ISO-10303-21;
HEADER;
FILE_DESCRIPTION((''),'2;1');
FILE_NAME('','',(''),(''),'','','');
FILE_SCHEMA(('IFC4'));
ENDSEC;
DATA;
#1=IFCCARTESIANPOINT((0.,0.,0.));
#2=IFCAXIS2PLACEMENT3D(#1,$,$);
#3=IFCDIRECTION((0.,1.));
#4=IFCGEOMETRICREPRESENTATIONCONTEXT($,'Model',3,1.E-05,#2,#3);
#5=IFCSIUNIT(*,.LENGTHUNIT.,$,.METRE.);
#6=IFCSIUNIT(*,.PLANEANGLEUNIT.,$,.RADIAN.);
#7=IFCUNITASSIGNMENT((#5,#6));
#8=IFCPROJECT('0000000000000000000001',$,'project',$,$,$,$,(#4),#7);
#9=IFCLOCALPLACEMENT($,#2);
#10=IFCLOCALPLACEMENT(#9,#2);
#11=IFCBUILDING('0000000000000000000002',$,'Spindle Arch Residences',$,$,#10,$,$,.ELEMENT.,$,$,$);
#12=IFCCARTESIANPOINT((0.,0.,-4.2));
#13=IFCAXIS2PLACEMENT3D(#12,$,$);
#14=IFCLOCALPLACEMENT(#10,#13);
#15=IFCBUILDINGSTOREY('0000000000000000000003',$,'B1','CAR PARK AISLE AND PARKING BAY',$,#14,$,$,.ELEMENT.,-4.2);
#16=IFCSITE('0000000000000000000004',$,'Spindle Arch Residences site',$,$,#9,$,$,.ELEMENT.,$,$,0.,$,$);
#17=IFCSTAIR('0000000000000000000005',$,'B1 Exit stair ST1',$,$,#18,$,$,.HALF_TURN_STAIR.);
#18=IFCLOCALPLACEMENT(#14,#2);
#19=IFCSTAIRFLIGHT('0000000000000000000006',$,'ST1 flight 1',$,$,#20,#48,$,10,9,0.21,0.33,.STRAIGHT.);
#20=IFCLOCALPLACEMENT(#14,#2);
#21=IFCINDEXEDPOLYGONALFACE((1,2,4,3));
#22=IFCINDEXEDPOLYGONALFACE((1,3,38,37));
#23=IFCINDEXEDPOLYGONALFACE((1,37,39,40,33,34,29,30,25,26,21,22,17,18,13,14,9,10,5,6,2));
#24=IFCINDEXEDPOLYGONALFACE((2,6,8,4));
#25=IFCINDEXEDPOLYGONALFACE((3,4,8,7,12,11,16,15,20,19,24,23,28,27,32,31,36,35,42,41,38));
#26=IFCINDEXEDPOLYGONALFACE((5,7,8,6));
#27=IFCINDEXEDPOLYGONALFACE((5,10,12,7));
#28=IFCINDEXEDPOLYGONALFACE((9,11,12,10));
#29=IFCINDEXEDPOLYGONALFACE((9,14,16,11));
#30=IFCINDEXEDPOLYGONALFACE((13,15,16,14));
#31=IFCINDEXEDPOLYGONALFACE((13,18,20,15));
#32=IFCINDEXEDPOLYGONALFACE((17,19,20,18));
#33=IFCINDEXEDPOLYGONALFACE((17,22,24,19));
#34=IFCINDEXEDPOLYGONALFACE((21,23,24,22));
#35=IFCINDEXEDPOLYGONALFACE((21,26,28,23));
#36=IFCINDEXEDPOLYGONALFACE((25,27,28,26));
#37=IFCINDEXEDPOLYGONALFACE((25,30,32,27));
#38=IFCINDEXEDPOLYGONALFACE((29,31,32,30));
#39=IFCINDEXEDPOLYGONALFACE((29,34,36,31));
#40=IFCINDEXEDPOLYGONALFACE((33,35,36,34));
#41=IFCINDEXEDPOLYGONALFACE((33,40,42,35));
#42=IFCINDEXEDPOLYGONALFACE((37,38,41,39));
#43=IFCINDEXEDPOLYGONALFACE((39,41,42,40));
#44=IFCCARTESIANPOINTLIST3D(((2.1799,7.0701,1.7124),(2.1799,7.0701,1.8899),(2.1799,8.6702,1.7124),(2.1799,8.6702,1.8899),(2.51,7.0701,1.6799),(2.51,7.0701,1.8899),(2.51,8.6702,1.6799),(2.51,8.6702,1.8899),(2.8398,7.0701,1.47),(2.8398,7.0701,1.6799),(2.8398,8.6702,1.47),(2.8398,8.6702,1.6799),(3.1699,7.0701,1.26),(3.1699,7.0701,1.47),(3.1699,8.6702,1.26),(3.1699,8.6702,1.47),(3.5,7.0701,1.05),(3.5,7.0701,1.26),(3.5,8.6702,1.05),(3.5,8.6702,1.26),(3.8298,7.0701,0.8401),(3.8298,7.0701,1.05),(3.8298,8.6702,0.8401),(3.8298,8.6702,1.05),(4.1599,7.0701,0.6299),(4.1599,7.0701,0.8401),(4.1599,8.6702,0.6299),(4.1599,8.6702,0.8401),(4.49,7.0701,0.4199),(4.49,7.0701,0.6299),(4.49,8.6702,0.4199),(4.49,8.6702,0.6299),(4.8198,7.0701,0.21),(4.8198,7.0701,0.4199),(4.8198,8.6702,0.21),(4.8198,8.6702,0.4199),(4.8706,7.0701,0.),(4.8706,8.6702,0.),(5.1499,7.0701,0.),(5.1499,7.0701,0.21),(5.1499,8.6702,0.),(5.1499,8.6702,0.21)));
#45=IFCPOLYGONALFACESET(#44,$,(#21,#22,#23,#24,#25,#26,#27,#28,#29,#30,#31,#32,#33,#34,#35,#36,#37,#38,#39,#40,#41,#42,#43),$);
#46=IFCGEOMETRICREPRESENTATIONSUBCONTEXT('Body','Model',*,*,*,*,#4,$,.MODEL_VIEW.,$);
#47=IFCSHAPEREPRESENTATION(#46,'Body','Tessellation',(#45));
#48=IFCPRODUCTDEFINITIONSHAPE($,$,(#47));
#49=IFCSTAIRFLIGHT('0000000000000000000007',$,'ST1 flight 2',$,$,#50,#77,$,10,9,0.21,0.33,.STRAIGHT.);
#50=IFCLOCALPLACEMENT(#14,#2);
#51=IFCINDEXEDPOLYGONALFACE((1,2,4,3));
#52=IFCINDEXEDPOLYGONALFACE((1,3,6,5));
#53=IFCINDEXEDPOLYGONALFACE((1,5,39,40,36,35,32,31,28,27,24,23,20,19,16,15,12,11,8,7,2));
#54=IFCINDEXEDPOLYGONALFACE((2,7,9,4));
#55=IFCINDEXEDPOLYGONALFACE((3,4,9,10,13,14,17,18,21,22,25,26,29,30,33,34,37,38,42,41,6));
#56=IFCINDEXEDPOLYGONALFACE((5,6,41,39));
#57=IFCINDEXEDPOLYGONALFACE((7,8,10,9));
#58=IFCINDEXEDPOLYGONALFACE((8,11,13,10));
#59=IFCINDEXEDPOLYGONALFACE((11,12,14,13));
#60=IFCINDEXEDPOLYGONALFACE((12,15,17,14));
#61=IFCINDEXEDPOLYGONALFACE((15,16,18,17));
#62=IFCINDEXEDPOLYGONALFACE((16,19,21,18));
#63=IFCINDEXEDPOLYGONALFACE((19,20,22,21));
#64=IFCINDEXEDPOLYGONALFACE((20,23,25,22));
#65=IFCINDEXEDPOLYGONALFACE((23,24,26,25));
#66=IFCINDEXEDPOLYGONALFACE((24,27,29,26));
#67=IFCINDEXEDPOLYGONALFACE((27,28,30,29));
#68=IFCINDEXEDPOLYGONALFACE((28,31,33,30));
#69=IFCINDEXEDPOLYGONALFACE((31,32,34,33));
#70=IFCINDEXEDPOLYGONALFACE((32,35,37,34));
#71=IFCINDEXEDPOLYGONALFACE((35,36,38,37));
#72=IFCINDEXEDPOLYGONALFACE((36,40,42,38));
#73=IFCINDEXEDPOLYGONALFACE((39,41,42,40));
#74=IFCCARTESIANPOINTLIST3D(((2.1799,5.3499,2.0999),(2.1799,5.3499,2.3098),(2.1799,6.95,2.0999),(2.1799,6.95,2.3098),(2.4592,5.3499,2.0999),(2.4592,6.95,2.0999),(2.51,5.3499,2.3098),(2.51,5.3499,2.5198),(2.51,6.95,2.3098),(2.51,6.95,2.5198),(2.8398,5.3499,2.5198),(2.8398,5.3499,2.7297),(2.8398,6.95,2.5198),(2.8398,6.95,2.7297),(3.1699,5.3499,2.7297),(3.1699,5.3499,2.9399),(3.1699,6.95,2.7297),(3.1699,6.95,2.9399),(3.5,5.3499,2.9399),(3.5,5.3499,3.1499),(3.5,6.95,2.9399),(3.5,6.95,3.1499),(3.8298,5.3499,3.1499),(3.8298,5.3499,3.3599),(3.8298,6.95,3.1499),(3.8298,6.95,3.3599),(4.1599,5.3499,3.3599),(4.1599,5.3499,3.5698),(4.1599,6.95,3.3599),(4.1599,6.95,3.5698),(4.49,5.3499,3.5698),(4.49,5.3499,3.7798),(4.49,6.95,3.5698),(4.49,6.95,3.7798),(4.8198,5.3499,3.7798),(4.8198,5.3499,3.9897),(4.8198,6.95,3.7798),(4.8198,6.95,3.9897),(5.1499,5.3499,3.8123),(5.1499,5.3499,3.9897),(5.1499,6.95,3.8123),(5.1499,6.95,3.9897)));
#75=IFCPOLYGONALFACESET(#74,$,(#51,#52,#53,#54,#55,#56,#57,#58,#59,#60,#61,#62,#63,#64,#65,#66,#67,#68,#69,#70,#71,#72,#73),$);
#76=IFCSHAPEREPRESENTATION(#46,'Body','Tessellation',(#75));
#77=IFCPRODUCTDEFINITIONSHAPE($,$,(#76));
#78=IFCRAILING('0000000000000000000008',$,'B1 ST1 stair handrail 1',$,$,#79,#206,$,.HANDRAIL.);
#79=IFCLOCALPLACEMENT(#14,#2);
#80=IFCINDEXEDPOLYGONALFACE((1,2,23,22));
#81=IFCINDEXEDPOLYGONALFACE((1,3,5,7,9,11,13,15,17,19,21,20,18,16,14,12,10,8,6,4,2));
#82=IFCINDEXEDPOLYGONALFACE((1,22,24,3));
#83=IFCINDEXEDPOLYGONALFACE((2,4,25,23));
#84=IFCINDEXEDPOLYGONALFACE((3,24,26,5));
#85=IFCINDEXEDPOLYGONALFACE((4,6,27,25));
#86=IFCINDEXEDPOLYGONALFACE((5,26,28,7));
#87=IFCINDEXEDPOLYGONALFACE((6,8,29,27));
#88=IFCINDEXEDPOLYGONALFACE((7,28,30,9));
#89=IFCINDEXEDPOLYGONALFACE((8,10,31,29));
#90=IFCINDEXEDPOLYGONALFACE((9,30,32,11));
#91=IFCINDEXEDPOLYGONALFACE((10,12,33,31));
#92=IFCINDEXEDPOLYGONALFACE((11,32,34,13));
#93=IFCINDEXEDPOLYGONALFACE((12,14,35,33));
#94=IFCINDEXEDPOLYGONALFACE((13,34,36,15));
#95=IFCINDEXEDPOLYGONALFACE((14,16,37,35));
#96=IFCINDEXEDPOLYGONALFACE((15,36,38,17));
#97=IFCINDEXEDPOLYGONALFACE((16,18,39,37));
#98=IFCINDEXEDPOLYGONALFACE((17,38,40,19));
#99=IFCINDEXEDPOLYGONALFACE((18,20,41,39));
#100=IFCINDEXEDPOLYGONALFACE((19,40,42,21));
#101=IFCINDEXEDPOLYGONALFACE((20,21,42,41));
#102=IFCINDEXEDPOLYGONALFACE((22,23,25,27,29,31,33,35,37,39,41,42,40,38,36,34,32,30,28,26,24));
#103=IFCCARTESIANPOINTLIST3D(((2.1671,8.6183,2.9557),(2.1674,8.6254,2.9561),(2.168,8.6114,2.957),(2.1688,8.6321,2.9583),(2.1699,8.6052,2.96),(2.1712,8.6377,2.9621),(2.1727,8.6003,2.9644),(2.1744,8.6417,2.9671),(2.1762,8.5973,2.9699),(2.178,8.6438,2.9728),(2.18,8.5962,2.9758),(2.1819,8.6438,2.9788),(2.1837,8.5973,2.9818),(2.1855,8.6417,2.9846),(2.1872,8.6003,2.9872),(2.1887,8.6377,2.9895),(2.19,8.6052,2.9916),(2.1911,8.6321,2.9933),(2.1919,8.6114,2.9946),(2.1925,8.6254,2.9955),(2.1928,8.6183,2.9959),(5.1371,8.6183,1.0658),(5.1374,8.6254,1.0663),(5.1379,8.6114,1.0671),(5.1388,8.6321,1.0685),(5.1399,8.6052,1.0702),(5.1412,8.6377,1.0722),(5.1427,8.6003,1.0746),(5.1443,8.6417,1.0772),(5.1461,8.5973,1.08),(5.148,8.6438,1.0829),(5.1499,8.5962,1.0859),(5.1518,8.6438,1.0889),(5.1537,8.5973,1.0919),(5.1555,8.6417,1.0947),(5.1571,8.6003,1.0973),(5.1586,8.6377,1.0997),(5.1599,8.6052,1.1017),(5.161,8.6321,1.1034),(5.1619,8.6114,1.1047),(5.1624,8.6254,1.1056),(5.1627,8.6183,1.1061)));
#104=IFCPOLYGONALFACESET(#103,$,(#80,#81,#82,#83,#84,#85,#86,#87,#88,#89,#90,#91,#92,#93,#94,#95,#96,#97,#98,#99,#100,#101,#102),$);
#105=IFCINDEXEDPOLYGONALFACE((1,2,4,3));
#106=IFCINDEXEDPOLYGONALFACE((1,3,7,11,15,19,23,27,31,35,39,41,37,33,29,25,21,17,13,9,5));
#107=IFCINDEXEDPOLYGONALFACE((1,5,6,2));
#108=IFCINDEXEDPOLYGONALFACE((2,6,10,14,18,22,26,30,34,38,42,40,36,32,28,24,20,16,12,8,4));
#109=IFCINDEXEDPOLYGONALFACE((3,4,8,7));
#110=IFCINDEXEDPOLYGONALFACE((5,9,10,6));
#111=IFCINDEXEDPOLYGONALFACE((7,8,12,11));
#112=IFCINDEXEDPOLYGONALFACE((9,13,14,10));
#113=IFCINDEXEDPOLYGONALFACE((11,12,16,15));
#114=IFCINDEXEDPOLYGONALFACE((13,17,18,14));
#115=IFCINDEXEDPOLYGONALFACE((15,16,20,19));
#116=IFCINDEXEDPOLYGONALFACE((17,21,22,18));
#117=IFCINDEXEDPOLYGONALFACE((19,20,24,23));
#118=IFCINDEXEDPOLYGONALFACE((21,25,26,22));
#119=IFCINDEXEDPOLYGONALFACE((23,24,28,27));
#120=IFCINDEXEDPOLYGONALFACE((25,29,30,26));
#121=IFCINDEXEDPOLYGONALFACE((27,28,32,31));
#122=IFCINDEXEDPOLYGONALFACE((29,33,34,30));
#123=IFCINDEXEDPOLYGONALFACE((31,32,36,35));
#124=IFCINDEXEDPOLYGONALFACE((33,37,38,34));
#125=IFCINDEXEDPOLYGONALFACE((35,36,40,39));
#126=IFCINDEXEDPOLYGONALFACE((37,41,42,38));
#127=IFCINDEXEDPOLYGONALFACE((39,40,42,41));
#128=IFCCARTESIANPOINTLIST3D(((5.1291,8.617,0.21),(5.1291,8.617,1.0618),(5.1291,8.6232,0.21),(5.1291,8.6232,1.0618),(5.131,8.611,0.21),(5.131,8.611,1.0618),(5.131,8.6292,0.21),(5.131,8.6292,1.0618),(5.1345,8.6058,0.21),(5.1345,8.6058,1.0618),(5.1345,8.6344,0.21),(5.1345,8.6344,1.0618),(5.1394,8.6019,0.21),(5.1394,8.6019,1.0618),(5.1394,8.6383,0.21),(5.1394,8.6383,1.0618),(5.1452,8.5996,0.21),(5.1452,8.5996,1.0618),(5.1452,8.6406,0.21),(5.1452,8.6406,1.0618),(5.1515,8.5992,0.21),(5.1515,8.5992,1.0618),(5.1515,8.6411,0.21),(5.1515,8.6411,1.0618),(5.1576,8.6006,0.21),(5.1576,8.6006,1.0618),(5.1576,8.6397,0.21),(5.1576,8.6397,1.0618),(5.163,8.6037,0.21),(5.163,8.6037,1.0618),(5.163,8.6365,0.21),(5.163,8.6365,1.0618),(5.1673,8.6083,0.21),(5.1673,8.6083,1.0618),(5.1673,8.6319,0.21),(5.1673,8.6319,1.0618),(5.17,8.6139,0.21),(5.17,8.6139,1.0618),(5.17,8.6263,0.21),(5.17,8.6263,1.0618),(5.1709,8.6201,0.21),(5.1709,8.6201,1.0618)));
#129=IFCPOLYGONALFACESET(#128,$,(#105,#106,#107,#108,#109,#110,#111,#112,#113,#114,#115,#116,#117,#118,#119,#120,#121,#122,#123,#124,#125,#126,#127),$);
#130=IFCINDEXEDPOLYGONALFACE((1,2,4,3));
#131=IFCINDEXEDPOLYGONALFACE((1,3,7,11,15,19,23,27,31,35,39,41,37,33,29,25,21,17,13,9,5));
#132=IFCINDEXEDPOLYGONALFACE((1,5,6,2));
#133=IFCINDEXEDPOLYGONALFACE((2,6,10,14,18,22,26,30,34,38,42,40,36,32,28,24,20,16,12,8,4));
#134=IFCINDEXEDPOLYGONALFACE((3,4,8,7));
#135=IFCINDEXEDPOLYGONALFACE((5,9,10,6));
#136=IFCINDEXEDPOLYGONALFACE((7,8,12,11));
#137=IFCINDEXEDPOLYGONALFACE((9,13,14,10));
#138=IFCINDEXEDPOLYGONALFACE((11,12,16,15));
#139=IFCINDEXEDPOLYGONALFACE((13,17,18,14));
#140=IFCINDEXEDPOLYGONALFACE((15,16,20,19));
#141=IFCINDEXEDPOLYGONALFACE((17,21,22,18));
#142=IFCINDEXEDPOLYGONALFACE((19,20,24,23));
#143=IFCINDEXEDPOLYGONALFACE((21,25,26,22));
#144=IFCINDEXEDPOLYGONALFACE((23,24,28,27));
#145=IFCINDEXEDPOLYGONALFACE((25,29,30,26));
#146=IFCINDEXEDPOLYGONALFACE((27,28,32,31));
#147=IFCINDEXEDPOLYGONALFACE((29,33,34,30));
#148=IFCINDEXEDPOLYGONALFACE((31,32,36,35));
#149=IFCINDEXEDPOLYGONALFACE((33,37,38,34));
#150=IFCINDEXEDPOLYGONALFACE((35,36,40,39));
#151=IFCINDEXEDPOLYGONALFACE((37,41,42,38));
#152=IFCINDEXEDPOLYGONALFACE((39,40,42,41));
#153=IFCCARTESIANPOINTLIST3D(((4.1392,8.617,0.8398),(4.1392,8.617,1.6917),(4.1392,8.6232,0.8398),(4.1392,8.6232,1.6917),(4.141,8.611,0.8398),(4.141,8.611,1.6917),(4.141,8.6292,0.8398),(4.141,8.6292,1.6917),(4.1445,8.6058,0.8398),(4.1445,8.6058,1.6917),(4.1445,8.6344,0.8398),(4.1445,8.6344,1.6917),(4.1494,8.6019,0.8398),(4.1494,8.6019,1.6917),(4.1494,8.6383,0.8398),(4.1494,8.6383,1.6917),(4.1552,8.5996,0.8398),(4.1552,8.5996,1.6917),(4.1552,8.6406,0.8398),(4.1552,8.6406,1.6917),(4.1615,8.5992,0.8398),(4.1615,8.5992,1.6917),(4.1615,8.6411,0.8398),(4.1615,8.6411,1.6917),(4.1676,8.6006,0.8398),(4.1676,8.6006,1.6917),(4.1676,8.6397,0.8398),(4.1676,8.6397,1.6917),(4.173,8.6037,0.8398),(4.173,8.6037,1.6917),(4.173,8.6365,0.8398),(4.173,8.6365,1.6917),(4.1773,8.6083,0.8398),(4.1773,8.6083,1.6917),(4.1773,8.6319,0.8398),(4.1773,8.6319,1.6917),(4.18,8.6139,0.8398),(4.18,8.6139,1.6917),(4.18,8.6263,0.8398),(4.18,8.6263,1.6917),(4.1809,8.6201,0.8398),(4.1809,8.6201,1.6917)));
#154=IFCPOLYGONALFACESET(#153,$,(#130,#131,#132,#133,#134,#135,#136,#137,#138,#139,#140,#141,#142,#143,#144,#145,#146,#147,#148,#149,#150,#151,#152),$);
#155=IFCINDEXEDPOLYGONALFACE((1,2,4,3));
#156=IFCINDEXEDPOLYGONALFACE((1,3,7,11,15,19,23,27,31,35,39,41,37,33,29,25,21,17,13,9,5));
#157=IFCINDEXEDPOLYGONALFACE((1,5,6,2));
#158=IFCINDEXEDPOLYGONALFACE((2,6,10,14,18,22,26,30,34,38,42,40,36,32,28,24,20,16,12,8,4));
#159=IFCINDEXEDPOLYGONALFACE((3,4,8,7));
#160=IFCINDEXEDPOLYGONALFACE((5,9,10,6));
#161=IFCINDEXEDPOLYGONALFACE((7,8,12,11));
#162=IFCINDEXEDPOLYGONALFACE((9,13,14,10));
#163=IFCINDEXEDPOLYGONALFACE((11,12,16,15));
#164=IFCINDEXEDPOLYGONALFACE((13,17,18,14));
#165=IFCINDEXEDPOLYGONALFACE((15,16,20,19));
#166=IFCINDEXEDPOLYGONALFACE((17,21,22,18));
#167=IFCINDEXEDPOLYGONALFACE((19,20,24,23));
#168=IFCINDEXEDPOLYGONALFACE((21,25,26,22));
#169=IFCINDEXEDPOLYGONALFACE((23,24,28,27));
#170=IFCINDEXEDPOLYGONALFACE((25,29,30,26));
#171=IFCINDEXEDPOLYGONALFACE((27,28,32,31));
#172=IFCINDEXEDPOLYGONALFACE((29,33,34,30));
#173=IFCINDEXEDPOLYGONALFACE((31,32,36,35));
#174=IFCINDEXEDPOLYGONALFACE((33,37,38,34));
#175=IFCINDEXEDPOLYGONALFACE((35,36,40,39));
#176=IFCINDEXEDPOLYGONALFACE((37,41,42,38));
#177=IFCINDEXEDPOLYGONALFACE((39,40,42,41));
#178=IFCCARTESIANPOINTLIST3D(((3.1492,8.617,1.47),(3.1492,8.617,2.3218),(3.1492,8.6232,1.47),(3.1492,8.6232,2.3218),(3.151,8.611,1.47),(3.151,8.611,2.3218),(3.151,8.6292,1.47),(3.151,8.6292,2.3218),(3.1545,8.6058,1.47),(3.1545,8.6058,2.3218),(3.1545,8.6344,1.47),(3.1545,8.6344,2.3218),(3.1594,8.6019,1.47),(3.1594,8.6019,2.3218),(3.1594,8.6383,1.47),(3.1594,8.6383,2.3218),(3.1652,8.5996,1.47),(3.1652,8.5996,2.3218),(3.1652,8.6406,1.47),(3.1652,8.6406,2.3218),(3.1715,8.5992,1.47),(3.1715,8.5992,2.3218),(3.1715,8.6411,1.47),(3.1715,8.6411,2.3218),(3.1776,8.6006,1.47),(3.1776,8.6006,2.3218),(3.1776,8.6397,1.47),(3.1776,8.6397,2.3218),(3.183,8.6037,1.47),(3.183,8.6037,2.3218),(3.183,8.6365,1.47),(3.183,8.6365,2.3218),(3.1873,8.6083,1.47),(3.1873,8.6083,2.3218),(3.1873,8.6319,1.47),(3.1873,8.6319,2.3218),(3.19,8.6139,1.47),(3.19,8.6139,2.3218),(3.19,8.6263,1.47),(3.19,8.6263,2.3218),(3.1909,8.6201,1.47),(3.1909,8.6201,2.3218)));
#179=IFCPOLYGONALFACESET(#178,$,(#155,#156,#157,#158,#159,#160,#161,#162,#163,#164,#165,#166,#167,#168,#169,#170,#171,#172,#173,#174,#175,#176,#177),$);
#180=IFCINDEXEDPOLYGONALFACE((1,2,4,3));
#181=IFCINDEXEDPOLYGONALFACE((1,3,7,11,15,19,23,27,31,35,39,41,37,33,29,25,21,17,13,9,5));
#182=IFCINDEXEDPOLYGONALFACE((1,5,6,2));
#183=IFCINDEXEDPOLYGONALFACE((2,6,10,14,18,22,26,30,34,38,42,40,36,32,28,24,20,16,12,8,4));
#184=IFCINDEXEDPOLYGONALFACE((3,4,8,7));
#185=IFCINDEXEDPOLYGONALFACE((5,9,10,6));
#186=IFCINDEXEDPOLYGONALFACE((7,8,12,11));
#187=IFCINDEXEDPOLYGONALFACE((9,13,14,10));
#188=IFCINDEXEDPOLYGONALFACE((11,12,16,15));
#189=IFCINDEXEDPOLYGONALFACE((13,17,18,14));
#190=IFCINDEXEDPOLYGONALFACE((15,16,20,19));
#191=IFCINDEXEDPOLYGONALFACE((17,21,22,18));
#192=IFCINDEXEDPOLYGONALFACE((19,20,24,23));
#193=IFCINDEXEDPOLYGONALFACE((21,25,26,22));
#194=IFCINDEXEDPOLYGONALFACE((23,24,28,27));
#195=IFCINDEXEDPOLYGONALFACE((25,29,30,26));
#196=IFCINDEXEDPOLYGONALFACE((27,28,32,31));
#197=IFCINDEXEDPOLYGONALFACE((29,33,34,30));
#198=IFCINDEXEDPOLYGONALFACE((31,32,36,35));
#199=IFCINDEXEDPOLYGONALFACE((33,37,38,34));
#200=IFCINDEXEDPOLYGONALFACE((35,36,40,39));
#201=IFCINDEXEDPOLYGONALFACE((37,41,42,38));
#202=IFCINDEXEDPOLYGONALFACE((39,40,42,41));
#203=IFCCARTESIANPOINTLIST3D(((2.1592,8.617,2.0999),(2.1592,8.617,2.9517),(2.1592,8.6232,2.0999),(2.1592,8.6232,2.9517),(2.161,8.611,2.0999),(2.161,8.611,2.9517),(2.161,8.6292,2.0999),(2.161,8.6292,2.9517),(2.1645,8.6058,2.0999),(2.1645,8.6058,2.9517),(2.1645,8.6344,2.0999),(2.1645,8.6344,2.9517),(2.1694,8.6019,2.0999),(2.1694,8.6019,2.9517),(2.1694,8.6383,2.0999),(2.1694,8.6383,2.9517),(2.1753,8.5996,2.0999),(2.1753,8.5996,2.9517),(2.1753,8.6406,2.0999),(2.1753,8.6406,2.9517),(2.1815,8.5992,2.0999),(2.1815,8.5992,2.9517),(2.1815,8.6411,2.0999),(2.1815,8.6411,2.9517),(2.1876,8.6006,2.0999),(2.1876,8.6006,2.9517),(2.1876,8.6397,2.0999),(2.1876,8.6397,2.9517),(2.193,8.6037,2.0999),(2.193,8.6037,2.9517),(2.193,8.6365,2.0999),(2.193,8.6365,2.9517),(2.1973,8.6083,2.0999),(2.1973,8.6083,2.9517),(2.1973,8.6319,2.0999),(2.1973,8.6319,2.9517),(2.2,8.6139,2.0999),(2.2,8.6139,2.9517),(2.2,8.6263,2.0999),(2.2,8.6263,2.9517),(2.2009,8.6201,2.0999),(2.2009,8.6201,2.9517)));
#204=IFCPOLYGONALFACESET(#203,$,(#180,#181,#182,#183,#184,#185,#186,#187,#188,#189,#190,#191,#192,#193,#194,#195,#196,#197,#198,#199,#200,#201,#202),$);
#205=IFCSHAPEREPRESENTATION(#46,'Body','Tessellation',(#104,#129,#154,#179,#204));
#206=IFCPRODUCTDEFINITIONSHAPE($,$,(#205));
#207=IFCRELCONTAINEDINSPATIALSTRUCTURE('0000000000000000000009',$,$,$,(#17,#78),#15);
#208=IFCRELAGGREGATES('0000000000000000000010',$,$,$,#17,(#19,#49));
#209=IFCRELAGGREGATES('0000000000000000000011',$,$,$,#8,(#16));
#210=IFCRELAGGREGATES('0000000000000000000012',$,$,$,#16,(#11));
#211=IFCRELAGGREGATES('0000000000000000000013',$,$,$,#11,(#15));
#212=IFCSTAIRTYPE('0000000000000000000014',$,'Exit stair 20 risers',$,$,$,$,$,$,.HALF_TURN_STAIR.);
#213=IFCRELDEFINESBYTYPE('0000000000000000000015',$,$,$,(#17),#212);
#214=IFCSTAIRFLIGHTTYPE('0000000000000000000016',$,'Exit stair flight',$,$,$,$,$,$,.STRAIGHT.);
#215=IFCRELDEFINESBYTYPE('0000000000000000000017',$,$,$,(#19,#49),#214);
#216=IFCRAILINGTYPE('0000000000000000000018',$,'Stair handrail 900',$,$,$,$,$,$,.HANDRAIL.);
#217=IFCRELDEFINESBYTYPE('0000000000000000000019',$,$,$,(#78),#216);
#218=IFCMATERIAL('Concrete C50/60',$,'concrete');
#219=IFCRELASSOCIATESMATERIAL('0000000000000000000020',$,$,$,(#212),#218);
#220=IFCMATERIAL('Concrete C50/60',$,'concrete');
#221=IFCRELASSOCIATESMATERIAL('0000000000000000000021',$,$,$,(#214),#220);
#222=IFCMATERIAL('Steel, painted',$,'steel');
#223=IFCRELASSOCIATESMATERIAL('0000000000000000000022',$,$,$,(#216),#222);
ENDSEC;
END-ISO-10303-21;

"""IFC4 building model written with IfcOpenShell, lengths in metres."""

from ifc_helpers import new_model, si_unit, direction, frame, origin, origin_2d, place, context, subcontext, project, spatial, polyline, circle, outline, extrude, material, type_object, element, aggregate, save


model = new_model("IFC4")

# Units and contexts
model_context = context("Model", 3, precision=1e-05, world=origin(), true_north=direction((0.0, 1.0)))
body_context = subcontext(model_context, "Body", "Model", "MODEL_VIEW")
ifc_project = project(units=[si_unit("LENGTHUNIT", "METRE"), si_unit("PLANEANGLEUNIT", "RADIAN")], contexts=[model_context])

# Site, building, storey
site_placement = place(None, origin())
site = spatial("IfcSite", under=ifc_project, at=site_placement, Name="Spindle Arch Residences site", CompositionType="ELEMENT", RefElevation=0.0)
building_placement = place(site_placement, origin())
building = spatial("IfcBuilding", under=site, at=building_placement, Name="Spindle Arch Residences", CompositionType="ELEMENT")
storey_placement = place(building_placement, frame((0.0, 0.0, -4.2)))
storey = spatial("IfcBuildingStorey", under=building, at=storey_placement, Name="B1", Description="CAR PARK AISLE AND PARKING BAY", CompositionType="ELEMENT", Elevation=-4.2)

# Stair, stair flights
ifc_material_1 = material(Name="Concrete C50/60", Category="concrete")
stair_type = type_object("IfcStairType", Name="Exit stair 20 risers", PredefinedType="HALF_TURN_STAIR", material=ifc_material_1)
stair_placement = place(storey_placement, origin())
stair = element("IfcStair", 1, at=stair_placement, inside=storey, type_object=stair_type, Name="B1 Exit stair ST1", PredefinedType="HALF_TURN_STAIR")
ifc_material_2 = material(Name="Concrete C50/60", Category="concrete")
stair_flight_type = type_object("IfcStairFlightType", Name="Exit stair flight", PredefinedType="STRAIGHT", material=ifc_material_2)
stair_flight_1_placement = place(storey_placement, frame((5.1499, 7.8701, 0.0), z_axis=(0.0, 0.0, 1.0), x_axis=(-1.0, 0.0, 0.0)))
stair_flight_1 = element("IfcStairFlight", 2, at=stair_flight_1_placement, type_object=stair_flight_type, Name="ST1 flight 1", NumberOfRisers=10, NumberOfTreads=9, PredefinedType="STRAIGHT", RiserHeight=0.21, TreadLength=0.33, context=body_context, shape_type="SweptSolid", body=[
    extrude(outline(polyline([(0.0, 0.0), (0.0, 0.21), (0.3301, 0.21), (0.3301, 0.4199), (0.6599, 0.4199), (0.6599, 0.6299), (0.99, 0.6299), (0.99, 0.8401), (1.3201, 0.8401), (1.3201, 1.05), (1.6499, 1.05), (1.6499, 1.26), (1.98, 1.26), (1.98, 1.47), (2.3101, 1.47), (2.3101, 1.6799), (2.6399, 1.6799), (2.6399, 1.8899), (2.97, 1.8899), (2.97, 2.1001), (2.97, 1.7124), (0.2793, 0.0), (0.0, 0.0)])), frame((0.0, 0.8, 0.0), z_axis=(0.0, -1.0, 0.0), x_axis=(1.0, 0.0, 0.0)), (0.0, 0.0, 1.0), 1.6001),
])
stair_flight_2_placement = place(storey_placement, frame((2.1799, 6.1499, 2.0999), z_axis=(0.0, 0.0, 1.0), x_axis=(1.0, 0.0, 0.0)))
stair_flight_2 = element("IfcStairFlight", 3, at=stair_flight_2_placement, type_object=stair_flight_type, Name="ST1 flight 2", NumberOfRisers=10, NumberOfTreads=9, PredefinedType="STRAIGHT", RiserHeight=0.21, TreadLength=0.33, context=body_context, shape_type="SweptSolid", body=[
    extrude(outline(polyline([(0.0, 0.0), (0.0, 0.21), (0.3301, 0.21), (0.3301, 0.4199), (0.6599, 0.4199), (0.6599, 0.6299), (0.99, 0.6299), (0.99, 0.8401), (1.3201, 0.8401), (1.3201, 1.05), (1.6499, 1.05), (1.6499, 1.26), (1.98, 1.26), (1.98, 1.47), (2.3101, 1.47), (2.3101, 1.6799), (2.6399, 1.6799), (2.6399, 1.8899), (2.97, 1.8899), (2.97, 2.1001), (2.97, 1.7124), (0.2793, 0.0), (0.0, 0.0)])), frame((0.0, 0.8, 0.0), z_axis=(0.0, -1.0, 0.0), x_axis=(1.0, 0.0, 0.0)), (0.0, 0.0, 1.0), 1.6001),
])
aggregate(stair, [stair_flight_1, stair_flight_2])

# Railing
ifc_material_3 = material(Name="Steel, painted", Category="steel")
railing_type_1 = type_object("IfcRailingType", Name="Stair handrail 900", PredefinedType="HANDRAIL", material=ifc_material_3)
railing_1_placement = place(storey_placement, frame((5.1499, 8.6201, 0.21)))
element("IfcRailing", 4, at=railing_1_placement, inside=storey, type_object=railing_type_1, Name="B1 ST1 stair handrail 1", PredefinedType="HANDRAIL", context=body_context, shape_type="SweptSolid", body=[
    extrude(circle(Radius=0.0239, at=origin_2d()), frame((0.0, 0.0, 0.876), z_axis=(-0.843673, 0.0, 0.536858), x_axis=(0.0, -1.0, 0.0)), (0.0, 0.0, 1.0), 3.5203),
    extrude(circle(Radius=0.021, at=origin_2d()), origin(), (0.0, 0.0, 1.0), 0.8518),
    extrude(circle(Radius=0.021, at=origin_2d()), frame((-0.99, 0.0, 0.6299)), (0.0, 0.0, 1.0), 0.8518),
    extrude(circle(Radius=0.021, at=origin_2d()), frame((-1.98, 0.0, 1.26)), (0.0, 0.0, 1.0), 0.8518),
    extrude(circle(Radius=0.021, at=origin_2d()), frame((-2.97, 0.0, 1.8899)), (0.0, 0.0, 1.0), 0.8518),
])

save(model, "model.ifc")
